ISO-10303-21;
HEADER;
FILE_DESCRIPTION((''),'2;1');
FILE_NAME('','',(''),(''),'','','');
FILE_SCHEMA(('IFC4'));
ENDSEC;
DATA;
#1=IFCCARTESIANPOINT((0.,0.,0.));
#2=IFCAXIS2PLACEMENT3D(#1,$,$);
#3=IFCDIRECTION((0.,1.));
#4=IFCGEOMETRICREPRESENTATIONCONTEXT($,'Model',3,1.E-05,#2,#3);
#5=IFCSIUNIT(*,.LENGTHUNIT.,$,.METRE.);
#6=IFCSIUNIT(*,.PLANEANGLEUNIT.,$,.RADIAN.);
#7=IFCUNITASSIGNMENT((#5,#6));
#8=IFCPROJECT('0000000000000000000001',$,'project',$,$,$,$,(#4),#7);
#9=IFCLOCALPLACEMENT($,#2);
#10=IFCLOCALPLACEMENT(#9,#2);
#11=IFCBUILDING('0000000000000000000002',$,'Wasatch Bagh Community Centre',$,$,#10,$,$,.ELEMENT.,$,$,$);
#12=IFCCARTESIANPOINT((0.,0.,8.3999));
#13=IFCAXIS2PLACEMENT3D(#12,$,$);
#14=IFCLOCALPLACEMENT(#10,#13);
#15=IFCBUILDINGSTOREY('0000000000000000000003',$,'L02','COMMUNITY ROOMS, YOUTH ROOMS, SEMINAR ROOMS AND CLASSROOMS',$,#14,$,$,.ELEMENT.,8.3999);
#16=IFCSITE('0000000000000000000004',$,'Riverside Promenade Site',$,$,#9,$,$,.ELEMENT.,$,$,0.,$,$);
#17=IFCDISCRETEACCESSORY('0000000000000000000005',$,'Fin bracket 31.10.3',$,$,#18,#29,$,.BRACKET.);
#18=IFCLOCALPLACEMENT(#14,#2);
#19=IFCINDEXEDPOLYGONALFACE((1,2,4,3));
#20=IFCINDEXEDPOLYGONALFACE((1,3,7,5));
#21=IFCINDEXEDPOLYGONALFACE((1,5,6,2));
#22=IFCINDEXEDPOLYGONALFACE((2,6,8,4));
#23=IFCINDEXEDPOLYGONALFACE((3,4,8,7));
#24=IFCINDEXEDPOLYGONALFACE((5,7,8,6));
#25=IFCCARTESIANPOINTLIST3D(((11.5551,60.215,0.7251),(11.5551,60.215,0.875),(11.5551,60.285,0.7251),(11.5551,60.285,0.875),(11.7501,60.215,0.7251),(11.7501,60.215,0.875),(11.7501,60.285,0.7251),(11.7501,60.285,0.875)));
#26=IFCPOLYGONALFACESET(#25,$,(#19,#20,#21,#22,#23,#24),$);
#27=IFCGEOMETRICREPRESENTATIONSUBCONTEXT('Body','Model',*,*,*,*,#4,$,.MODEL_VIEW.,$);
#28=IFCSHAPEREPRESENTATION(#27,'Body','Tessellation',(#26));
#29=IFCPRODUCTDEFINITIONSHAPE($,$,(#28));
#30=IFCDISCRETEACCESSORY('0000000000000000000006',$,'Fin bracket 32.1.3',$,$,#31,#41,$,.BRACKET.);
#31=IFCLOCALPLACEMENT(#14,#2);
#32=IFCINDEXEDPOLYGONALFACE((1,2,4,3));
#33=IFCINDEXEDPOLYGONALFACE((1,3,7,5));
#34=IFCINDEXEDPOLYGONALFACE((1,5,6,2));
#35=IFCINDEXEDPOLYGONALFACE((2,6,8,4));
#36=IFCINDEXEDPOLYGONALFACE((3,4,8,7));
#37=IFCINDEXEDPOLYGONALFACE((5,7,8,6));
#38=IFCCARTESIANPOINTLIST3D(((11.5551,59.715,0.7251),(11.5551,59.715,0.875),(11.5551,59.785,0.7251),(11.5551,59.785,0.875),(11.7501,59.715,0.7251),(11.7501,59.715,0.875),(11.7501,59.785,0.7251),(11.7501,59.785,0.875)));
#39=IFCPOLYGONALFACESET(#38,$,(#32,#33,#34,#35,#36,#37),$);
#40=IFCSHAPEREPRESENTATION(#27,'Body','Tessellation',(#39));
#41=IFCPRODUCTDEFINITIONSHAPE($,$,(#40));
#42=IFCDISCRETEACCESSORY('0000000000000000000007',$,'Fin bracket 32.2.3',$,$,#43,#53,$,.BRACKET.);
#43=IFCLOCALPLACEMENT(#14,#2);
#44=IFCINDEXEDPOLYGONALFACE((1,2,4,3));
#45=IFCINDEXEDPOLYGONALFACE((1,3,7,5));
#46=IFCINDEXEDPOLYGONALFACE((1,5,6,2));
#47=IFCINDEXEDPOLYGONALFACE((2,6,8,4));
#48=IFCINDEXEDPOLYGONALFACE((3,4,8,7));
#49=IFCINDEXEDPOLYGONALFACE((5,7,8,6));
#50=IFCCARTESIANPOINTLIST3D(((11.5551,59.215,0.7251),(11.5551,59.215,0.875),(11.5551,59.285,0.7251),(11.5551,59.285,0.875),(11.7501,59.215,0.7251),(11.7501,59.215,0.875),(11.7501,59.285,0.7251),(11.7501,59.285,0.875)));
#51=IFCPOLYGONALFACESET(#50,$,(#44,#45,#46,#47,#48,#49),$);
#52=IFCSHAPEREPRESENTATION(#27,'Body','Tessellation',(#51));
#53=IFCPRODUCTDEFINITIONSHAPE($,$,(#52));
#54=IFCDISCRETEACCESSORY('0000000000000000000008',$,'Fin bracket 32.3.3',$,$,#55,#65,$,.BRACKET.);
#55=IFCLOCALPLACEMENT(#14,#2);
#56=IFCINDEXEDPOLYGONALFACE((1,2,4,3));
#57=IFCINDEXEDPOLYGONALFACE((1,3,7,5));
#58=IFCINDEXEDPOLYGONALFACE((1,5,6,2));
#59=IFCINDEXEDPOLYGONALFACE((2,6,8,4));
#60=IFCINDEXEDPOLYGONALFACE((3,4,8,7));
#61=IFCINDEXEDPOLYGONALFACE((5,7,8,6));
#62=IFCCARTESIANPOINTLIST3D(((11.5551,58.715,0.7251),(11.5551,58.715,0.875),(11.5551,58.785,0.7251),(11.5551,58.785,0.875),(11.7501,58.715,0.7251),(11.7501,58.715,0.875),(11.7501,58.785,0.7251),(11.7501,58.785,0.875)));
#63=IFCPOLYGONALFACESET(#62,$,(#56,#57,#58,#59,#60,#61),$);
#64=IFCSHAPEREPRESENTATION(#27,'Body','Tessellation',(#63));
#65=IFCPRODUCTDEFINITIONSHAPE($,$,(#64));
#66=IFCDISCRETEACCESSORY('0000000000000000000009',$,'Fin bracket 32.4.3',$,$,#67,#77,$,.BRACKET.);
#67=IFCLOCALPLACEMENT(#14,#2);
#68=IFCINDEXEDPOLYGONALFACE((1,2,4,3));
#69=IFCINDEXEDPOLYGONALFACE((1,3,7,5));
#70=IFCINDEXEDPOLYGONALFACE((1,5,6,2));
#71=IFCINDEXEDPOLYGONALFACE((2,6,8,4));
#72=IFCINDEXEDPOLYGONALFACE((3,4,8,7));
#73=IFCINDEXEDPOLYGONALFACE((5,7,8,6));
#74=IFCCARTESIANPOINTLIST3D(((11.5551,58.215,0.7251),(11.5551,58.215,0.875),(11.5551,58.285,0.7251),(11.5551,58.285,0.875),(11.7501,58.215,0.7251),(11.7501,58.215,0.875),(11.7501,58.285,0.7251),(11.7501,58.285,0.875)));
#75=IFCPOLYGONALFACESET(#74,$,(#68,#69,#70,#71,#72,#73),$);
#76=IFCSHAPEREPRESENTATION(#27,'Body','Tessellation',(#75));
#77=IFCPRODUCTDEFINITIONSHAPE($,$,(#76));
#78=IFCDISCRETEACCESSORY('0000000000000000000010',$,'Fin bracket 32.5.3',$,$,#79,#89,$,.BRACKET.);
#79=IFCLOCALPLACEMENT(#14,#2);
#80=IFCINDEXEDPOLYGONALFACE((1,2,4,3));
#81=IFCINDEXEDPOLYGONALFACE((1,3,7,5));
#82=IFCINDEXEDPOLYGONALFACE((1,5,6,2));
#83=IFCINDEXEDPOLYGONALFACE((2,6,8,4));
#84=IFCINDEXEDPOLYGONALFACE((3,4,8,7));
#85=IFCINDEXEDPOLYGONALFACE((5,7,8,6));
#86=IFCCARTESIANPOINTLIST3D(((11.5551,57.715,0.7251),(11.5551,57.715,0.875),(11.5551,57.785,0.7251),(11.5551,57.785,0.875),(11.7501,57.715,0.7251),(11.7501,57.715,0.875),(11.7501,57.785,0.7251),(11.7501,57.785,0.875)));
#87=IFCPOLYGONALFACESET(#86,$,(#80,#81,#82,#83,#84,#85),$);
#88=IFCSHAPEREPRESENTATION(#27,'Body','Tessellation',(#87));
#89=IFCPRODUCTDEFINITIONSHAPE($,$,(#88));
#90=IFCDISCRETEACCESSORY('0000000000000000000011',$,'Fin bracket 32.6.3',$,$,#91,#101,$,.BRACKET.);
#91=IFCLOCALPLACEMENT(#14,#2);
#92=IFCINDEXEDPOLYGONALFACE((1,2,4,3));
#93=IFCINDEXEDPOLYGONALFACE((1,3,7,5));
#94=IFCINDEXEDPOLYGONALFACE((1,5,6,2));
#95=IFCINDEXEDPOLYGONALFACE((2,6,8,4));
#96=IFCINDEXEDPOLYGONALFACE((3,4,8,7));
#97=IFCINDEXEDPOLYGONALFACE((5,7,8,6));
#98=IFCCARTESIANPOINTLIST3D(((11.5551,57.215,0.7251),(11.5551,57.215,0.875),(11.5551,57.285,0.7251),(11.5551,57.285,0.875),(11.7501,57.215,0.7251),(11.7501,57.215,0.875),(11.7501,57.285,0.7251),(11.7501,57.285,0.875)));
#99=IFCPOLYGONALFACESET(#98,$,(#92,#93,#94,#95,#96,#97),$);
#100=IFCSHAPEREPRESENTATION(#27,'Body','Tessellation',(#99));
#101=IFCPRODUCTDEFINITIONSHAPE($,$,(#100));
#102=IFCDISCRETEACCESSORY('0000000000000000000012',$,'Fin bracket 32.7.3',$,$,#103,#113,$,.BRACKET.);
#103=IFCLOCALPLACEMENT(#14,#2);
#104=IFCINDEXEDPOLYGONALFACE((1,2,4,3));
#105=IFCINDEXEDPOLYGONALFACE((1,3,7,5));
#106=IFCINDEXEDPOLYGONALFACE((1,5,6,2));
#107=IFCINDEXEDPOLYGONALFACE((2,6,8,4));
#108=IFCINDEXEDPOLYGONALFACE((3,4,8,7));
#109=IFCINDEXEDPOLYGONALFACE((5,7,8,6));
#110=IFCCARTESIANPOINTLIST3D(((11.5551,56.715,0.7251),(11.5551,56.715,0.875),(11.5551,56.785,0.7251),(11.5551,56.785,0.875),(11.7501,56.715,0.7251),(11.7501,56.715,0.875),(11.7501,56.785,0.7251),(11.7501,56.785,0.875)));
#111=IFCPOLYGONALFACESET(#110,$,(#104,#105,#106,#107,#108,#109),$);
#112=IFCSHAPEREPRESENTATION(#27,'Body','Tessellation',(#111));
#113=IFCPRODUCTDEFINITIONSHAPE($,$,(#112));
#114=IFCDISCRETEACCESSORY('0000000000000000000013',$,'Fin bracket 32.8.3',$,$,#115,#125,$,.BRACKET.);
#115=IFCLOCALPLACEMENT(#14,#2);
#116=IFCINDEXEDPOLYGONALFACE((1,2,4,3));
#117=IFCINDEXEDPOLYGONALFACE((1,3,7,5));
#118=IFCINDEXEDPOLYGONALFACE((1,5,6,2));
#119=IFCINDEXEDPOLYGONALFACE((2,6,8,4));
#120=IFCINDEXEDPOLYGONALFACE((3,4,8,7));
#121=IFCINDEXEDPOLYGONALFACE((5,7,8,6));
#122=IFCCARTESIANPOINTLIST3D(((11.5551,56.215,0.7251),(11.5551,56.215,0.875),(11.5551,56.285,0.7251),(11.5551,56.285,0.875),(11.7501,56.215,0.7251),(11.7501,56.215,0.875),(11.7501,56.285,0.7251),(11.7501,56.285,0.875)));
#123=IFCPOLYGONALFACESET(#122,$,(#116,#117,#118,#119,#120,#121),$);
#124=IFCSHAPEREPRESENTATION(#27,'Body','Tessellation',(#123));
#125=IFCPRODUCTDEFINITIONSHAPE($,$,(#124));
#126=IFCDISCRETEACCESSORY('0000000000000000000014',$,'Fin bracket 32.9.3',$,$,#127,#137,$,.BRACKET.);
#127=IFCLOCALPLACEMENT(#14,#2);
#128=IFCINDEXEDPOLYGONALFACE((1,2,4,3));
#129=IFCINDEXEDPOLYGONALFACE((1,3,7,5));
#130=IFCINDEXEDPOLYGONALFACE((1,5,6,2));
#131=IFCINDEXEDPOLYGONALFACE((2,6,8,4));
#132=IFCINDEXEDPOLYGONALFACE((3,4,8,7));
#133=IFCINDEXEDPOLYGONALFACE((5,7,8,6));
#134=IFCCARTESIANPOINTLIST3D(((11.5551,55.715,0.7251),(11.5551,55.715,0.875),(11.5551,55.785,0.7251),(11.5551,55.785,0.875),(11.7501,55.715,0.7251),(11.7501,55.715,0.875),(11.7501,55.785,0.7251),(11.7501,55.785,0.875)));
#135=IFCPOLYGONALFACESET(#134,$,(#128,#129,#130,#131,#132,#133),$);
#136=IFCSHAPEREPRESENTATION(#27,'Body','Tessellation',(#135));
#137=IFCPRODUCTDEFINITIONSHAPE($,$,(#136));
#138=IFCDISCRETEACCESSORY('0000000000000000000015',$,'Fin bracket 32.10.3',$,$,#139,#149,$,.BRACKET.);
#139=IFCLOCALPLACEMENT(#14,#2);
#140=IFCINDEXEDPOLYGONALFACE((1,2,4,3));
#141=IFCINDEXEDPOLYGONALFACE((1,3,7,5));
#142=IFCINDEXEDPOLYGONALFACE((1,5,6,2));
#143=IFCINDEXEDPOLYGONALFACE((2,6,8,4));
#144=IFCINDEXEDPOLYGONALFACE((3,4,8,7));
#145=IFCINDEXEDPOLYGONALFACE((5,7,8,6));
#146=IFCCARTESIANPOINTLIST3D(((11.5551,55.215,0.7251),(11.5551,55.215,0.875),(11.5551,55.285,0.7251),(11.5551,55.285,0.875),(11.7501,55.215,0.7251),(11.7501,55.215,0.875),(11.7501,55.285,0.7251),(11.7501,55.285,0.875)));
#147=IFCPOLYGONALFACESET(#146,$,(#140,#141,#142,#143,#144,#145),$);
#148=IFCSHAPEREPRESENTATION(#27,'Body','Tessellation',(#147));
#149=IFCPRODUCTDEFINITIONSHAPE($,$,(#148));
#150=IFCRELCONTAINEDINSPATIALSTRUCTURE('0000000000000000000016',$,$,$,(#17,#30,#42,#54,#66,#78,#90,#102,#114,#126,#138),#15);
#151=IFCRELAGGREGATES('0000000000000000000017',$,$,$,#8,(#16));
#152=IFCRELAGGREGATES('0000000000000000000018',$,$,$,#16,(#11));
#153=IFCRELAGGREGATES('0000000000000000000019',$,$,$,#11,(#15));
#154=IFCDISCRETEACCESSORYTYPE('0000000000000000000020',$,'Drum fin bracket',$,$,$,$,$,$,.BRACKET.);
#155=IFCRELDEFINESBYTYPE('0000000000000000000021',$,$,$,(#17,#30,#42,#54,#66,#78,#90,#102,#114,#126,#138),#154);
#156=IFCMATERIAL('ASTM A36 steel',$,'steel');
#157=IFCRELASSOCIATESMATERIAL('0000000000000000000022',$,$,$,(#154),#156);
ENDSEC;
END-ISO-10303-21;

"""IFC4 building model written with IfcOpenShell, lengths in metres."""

from ifc_helpers import new_model, si_unit, direction, frame, origin, origin_2d, place, context, subcontext, project, spatial, rectangle, extrude, material, type_object, element, save


model = new_model("IFC4")

# Units and contexts
model_context = context("Model", 3, precision=1e-05, world=origin(), true_north=direction((0.0, 1.0)))
body_context = subcontext(model_context, "Body", "Model", "MODEL_VIEW")
ifc_project = project(units=[si_unit("LENGTHUNIT", "METRE"), si_unit("PLANEANGLEUNIT", "RADIAN")], contexts=[model_context])

# Site, building, storey
site_placement = place(None, origin())
site = spatial("IfcSite", under=ifc_project, at=site_placement, Name="Riverside Promenade Site", CompositionType="ELEMENT", RefElevation=0.0)
building_placement = place(site_placement, origin())
building = spatial("IfcBuilding", under=site, at=building_placement, Name="Wasatch Bagh Community Centre", CompositionType="ELEMENT")
storey_placement = place(building_placement, frame((0.0, 0.0, 8.3999)))
storey = spatial("IfcBuildingStorey", under=building, at=storey_placement, Name="L02", Description="COMMUNITY ROOMS, YOUTH ROOMS, SEMINAR ROOMS AND CLASSROOMS", CompositionType="ELEMENT", Elevation=8.3999)

# Discrete accessories
ifc_material_1 = material(Name="ASTM A36 steel", Category="steel")
discrete_accessory_type = type_object("IfcDiscreteAccessoryType", Name="Drum fin bracket", PredefinedType="BRACKET", material=ifc_material_1)
for number, where, z_axis, x_axis, name in (
    (1, (11.6526, 60.25, 0.7251), (0.0, 0.0, 1.0), (0.0, -1.0, 0.0), "Fin bracket 31.10.3"),
    (2, (11.6526, 59.75, 0.7251), (0.0, 0.0, 1.0), (0.0, -1.0, 0.0), "Fin bracket 32.1.3"),
    (3, (11.6526, 59.25, 0.7251), (0.0, 0.0, 1.0), (0.0, -1.0, 0.0), "Fin bracket 32.2.3"),
    (4, (11.6526, 58.75, 0.7251), (0.0, 0.0, 1.0), (0.0, -1.0, 0.0), "Fin bracket 32.3.3"),
    (5, (11.6526, 58.25, 0.7251), (0.0, 0.0, 1.0), (0.0, -1.0, 0.0), "Fin bracket 32.4.3"),
    (6, (11.6526, 57.75, 0.7251), (0.0, 0.0, 1.0), (0.0, -1.0, 0.0), "Fin bracket 32.5.3"),
    (7, (11.6526, 57.25, 0.7251), (0.0, 0.0, 1.0), (0.0, -1.0, 0.0), "Fin bracket 32.6.3"),
    (8, (11.6526, 56.75, 0.7251), (0.0, 0.0, 1.0), (0.0, -1.0, 0.0), "Fin bracket 32.7.3"),
    (9, (11.6526, 56.25, 0.7251), (0.0, 0.0, 1.0), (0.0, -1.0, 0.0), "Fin bracket 32.8.3"),
    (10, (11.6526, 55.75, 0.7251), (0.0, 0.0, 1.0), (0.0, -1.0, 0.0), "Fin bracket 32.9.3"),
    (11, (11.6526, 55.25, 0.7251), (0.0, 0.0, 1.0), (0.0, -1.0, 0.0), "Fin bracket 32.10.3"),
):
    element("IfcDiscreteAccessory", number, at=place(storey_placement, frame(where, z_axis=z_axis, x_axis=x_axis)), inside=storey, type_object=discrete_accessory_type, Name=name, PredefinedType="BRACKET", context=body_context, shape_type="SweptSolid", body=[
        extrude(rectangle(XDim=0.0701, YDim=0.1951, at=origin_2d()), origin(), (0.0, 0.0, 1.0), 0.1499),
    ])

save(model, "model.ifc")
